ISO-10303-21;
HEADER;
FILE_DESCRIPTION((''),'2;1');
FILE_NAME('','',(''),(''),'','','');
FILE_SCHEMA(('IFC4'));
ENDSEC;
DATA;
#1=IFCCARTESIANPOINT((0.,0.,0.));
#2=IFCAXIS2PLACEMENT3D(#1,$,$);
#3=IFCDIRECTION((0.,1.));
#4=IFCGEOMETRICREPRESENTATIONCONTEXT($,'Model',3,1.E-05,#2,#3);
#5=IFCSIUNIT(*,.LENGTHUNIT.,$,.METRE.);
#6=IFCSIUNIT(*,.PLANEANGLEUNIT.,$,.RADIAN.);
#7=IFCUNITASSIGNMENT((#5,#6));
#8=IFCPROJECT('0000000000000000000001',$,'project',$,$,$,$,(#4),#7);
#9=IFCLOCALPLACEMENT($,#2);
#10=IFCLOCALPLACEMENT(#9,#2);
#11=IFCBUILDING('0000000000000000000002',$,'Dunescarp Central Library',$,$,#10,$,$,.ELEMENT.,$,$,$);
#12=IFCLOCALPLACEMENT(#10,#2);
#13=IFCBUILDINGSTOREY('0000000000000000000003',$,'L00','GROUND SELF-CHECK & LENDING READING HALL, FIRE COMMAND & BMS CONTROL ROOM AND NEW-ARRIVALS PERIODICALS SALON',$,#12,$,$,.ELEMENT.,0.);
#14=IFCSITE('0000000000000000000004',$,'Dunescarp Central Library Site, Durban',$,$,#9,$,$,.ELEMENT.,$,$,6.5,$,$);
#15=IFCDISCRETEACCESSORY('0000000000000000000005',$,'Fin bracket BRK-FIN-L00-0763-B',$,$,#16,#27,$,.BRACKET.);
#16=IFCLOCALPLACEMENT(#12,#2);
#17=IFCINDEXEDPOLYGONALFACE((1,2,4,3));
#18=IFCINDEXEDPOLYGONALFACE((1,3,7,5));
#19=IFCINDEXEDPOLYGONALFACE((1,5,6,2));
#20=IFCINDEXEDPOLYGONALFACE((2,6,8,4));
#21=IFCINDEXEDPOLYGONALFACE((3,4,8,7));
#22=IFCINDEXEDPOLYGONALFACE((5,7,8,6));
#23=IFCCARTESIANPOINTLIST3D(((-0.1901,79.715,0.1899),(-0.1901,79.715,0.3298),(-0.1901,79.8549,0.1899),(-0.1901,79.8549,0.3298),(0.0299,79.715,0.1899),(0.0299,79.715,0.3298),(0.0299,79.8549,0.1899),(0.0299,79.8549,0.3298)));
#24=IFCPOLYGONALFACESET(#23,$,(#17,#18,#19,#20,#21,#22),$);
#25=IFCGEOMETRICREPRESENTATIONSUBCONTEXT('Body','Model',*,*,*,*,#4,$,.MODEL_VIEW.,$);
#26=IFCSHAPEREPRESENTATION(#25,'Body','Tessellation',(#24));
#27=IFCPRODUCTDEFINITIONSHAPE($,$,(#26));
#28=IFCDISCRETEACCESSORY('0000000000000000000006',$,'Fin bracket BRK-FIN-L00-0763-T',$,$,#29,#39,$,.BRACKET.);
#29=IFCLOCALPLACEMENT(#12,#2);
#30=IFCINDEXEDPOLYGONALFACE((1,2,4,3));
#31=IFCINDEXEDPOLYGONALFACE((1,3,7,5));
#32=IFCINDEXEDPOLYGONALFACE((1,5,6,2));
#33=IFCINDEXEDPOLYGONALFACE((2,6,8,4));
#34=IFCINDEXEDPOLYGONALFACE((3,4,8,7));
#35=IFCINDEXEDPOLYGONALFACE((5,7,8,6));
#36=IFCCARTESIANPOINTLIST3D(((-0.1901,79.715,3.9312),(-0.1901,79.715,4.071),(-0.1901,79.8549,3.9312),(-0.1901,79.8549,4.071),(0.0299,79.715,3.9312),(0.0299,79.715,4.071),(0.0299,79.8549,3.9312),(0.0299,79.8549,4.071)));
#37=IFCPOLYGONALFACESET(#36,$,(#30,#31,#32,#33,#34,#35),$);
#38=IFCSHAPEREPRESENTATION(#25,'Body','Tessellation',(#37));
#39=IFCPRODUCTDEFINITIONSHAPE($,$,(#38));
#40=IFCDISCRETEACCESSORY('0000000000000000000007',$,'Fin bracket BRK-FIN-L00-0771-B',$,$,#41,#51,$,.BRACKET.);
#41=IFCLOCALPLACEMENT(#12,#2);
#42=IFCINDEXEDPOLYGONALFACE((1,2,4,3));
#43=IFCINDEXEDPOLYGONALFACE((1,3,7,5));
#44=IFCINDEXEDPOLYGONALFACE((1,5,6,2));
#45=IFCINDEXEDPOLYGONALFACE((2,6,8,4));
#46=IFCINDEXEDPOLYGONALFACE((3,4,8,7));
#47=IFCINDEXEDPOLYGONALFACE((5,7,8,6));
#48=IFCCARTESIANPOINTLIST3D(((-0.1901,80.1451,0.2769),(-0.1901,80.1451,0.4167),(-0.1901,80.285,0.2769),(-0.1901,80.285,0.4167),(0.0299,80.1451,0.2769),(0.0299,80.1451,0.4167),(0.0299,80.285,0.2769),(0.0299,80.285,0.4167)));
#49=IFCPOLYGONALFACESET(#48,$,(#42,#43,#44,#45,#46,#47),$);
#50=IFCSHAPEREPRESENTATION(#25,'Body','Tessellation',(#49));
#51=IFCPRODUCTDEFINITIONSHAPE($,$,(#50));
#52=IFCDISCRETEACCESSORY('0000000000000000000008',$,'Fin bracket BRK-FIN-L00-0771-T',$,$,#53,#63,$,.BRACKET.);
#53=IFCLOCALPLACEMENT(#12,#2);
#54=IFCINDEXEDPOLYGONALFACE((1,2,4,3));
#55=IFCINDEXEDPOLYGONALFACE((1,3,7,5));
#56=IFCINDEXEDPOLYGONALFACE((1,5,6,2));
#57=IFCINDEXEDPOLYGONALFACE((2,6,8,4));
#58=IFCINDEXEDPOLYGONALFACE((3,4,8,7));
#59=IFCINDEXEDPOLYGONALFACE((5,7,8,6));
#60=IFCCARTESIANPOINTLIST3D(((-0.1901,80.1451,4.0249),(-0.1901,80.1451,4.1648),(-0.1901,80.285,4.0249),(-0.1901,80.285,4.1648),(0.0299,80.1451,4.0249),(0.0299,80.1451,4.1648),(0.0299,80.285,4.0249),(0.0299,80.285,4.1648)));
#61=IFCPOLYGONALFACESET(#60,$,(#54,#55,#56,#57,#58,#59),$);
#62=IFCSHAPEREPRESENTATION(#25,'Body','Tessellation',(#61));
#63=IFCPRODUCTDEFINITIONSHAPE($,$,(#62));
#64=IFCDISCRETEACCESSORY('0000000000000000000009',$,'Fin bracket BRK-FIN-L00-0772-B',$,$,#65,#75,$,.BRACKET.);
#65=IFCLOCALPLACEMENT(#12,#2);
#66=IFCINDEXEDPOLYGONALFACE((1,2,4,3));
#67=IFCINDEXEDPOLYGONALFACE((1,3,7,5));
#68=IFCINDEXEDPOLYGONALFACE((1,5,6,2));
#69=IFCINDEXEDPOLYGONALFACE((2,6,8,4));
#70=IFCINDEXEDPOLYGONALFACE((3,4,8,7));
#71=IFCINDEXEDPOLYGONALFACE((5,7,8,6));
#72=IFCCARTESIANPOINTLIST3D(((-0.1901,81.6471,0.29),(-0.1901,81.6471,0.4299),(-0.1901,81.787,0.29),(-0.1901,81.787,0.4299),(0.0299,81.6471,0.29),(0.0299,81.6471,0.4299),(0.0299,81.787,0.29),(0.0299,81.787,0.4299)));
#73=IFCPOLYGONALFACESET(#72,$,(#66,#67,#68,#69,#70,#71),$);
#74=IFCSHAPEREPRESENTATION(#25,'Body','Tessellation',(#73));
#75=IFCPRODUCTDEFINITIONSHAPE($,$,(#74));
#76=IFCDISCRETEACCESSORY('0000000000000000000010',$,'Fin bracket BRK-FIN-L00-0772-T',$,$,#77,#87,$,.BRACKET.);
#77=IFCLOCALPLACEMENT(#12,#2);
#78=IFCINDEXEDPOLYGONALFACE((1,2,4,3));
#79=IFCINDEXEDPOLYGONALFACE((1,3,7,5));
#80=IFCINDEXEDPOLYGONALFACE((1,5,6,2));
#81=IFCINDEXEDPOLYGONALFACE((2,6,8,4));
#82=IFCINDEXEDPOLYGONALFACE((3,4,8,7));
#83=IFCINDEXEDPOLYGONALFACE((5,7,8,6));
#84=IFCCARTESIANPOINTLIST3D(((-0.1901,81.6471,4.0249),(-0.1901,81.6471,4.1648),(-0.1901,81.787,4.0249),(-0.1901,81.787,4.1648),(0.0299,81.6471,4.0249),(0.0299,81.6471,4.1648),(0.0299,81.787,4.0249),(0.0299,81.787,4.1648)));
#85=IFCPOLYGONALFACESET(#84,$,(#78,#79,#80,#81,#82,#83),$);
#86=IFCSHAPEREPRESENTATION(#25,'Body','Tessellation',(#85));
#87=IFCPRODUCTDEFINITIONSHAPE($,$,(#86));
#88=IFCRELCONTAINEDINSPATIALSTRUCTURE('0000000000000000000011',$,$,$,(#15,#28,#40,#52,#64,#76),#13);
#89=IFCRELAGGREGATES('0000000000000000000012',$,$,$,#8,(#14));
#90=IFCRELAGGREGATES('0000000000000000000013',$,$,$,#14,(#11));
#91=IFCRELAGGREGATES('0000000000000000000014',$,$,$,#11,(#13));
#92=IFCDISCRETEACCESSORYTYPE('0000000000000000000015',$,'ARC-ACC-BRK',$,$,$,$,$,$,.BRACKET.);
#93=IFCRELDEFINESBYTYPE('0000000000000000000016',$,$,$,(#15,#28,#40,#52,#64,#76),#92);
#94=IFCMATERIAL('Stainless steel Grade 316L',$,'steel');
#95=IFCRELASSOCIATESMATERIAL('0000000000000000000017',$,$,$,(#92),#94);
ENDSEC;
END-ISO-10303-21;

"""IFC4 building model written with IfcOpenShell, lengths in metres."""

from ifc_helpers import new_model, si_unit, direction, frame, origin, origin_2d, place, context, subcontext, project, spatial, rectangle, extrude, material, type_object, element, save


model = new_model("IFC4")

# Units and contexts
model_context = context("Model", 3, precision=1e-05, world=origin(), true_north=direction((0.0, 1.0)))
body_context = subcontext(model_context, "Body", "Model", "MODEL_VIEW")
ifc_project = project(units=[si_unit("LENGTHUNIT", "METRE"), si_unit("PLANEANGLEUNIT", "RADIAN")], contexts=[model_context])

# Site, building, storey
site_placement = place(None, origin())
site = spatial("IfcSite", under=ifc_project, at=site_placement, Name="Dunescarp Central Library Site, Durban", CompositionType="ELEMENT", RefElevation=6.5)
building_placement = place(site_placement, origin())
building = spatial("IfcBuilding", under=site, at=building_placement, Name="Dunescarp Central Library", CompositionType="ELEMENT")
storey_placement = place(building_placement, origin())
storey = spatial("IfcBuildingStorey", under=building, at=storey_placement, Name="L00", Description="GROUND SELF-CHECK & LENDING READING HALL, FIRE COMMAND & BMS CONTROL ROOM AND NEW-ARRIVALS PERIODICALS SALON", CompositionType="ELEMENT", Elevation=0.0)

# Discrete accessories
ifc_material_1 = material(Name="Stainless steel Grade 316L", Category="steel")
discrete_accessory_type = type_object("IfcDiscreteAccessoryType", Name="ARC-ACC-BRK", PredefinedType="BRACKET", material=ifc_material_1)
for number, where, z_axis, x_axis, name in (
    (1, (-0.0801, 79.7849, 0.1899), (0.0, 0.0, 1.0), (-1.0, 0.0, 0.0), "Fin bracket BRK-FIN-L00-0763-B"),
    (2, (-0.0801, 79.7849, 3.9312), (0.0, 0.0, 1.0), (-1.0, 0.0, 0.0), "Fin bracket BRK-FIN-L00-0763-T"),
    (3, (-0.0801, 80.2151, 0.2769), (0.0, 0.0, 1.0), (-1.0, 0.0, 0.0), "Fin bracket BRK-FIN-L00-0771-B"),
    (4, (-0.0801, 80.2151, 4.0249), (0.0, 0.0, 1.0), (-1.0, 0.0, 0.0), "Fin bracket BRK-FIN-L00-0771-T"),
    (5, (-0.0801, 81.717, 0.29), (0.0, 0.0, 1.0), (-1.0, 0.0, 0.0), "Fin bracket BRK-FIN-L00-0772-B"),
    (6, (-0.0801, 81.717, 4.0249), (0.0, 0.0, 1.0), (-1.0, 0.0, 0.0), "Fin bracket BRK-FIN-L00-0772-T"),
):
    element("IfcDiscreteAccessory", number, at=place(storey_placement, frame(where, z_axis=z_axis, x_axis=x_axis)), inside=storey, type_object=discrete_accessory_type, Name=name, PredefinedType="BRACKET", context=body_context, shape_type="SweptSolid", body=[
        extrude(rectangle(XDim=0.22, YDim=0.1399, at=origin_2d()), origin(), (0.0, 0.0, 1.0), 0.1399),
    ])

save(model, "model.ifc")
